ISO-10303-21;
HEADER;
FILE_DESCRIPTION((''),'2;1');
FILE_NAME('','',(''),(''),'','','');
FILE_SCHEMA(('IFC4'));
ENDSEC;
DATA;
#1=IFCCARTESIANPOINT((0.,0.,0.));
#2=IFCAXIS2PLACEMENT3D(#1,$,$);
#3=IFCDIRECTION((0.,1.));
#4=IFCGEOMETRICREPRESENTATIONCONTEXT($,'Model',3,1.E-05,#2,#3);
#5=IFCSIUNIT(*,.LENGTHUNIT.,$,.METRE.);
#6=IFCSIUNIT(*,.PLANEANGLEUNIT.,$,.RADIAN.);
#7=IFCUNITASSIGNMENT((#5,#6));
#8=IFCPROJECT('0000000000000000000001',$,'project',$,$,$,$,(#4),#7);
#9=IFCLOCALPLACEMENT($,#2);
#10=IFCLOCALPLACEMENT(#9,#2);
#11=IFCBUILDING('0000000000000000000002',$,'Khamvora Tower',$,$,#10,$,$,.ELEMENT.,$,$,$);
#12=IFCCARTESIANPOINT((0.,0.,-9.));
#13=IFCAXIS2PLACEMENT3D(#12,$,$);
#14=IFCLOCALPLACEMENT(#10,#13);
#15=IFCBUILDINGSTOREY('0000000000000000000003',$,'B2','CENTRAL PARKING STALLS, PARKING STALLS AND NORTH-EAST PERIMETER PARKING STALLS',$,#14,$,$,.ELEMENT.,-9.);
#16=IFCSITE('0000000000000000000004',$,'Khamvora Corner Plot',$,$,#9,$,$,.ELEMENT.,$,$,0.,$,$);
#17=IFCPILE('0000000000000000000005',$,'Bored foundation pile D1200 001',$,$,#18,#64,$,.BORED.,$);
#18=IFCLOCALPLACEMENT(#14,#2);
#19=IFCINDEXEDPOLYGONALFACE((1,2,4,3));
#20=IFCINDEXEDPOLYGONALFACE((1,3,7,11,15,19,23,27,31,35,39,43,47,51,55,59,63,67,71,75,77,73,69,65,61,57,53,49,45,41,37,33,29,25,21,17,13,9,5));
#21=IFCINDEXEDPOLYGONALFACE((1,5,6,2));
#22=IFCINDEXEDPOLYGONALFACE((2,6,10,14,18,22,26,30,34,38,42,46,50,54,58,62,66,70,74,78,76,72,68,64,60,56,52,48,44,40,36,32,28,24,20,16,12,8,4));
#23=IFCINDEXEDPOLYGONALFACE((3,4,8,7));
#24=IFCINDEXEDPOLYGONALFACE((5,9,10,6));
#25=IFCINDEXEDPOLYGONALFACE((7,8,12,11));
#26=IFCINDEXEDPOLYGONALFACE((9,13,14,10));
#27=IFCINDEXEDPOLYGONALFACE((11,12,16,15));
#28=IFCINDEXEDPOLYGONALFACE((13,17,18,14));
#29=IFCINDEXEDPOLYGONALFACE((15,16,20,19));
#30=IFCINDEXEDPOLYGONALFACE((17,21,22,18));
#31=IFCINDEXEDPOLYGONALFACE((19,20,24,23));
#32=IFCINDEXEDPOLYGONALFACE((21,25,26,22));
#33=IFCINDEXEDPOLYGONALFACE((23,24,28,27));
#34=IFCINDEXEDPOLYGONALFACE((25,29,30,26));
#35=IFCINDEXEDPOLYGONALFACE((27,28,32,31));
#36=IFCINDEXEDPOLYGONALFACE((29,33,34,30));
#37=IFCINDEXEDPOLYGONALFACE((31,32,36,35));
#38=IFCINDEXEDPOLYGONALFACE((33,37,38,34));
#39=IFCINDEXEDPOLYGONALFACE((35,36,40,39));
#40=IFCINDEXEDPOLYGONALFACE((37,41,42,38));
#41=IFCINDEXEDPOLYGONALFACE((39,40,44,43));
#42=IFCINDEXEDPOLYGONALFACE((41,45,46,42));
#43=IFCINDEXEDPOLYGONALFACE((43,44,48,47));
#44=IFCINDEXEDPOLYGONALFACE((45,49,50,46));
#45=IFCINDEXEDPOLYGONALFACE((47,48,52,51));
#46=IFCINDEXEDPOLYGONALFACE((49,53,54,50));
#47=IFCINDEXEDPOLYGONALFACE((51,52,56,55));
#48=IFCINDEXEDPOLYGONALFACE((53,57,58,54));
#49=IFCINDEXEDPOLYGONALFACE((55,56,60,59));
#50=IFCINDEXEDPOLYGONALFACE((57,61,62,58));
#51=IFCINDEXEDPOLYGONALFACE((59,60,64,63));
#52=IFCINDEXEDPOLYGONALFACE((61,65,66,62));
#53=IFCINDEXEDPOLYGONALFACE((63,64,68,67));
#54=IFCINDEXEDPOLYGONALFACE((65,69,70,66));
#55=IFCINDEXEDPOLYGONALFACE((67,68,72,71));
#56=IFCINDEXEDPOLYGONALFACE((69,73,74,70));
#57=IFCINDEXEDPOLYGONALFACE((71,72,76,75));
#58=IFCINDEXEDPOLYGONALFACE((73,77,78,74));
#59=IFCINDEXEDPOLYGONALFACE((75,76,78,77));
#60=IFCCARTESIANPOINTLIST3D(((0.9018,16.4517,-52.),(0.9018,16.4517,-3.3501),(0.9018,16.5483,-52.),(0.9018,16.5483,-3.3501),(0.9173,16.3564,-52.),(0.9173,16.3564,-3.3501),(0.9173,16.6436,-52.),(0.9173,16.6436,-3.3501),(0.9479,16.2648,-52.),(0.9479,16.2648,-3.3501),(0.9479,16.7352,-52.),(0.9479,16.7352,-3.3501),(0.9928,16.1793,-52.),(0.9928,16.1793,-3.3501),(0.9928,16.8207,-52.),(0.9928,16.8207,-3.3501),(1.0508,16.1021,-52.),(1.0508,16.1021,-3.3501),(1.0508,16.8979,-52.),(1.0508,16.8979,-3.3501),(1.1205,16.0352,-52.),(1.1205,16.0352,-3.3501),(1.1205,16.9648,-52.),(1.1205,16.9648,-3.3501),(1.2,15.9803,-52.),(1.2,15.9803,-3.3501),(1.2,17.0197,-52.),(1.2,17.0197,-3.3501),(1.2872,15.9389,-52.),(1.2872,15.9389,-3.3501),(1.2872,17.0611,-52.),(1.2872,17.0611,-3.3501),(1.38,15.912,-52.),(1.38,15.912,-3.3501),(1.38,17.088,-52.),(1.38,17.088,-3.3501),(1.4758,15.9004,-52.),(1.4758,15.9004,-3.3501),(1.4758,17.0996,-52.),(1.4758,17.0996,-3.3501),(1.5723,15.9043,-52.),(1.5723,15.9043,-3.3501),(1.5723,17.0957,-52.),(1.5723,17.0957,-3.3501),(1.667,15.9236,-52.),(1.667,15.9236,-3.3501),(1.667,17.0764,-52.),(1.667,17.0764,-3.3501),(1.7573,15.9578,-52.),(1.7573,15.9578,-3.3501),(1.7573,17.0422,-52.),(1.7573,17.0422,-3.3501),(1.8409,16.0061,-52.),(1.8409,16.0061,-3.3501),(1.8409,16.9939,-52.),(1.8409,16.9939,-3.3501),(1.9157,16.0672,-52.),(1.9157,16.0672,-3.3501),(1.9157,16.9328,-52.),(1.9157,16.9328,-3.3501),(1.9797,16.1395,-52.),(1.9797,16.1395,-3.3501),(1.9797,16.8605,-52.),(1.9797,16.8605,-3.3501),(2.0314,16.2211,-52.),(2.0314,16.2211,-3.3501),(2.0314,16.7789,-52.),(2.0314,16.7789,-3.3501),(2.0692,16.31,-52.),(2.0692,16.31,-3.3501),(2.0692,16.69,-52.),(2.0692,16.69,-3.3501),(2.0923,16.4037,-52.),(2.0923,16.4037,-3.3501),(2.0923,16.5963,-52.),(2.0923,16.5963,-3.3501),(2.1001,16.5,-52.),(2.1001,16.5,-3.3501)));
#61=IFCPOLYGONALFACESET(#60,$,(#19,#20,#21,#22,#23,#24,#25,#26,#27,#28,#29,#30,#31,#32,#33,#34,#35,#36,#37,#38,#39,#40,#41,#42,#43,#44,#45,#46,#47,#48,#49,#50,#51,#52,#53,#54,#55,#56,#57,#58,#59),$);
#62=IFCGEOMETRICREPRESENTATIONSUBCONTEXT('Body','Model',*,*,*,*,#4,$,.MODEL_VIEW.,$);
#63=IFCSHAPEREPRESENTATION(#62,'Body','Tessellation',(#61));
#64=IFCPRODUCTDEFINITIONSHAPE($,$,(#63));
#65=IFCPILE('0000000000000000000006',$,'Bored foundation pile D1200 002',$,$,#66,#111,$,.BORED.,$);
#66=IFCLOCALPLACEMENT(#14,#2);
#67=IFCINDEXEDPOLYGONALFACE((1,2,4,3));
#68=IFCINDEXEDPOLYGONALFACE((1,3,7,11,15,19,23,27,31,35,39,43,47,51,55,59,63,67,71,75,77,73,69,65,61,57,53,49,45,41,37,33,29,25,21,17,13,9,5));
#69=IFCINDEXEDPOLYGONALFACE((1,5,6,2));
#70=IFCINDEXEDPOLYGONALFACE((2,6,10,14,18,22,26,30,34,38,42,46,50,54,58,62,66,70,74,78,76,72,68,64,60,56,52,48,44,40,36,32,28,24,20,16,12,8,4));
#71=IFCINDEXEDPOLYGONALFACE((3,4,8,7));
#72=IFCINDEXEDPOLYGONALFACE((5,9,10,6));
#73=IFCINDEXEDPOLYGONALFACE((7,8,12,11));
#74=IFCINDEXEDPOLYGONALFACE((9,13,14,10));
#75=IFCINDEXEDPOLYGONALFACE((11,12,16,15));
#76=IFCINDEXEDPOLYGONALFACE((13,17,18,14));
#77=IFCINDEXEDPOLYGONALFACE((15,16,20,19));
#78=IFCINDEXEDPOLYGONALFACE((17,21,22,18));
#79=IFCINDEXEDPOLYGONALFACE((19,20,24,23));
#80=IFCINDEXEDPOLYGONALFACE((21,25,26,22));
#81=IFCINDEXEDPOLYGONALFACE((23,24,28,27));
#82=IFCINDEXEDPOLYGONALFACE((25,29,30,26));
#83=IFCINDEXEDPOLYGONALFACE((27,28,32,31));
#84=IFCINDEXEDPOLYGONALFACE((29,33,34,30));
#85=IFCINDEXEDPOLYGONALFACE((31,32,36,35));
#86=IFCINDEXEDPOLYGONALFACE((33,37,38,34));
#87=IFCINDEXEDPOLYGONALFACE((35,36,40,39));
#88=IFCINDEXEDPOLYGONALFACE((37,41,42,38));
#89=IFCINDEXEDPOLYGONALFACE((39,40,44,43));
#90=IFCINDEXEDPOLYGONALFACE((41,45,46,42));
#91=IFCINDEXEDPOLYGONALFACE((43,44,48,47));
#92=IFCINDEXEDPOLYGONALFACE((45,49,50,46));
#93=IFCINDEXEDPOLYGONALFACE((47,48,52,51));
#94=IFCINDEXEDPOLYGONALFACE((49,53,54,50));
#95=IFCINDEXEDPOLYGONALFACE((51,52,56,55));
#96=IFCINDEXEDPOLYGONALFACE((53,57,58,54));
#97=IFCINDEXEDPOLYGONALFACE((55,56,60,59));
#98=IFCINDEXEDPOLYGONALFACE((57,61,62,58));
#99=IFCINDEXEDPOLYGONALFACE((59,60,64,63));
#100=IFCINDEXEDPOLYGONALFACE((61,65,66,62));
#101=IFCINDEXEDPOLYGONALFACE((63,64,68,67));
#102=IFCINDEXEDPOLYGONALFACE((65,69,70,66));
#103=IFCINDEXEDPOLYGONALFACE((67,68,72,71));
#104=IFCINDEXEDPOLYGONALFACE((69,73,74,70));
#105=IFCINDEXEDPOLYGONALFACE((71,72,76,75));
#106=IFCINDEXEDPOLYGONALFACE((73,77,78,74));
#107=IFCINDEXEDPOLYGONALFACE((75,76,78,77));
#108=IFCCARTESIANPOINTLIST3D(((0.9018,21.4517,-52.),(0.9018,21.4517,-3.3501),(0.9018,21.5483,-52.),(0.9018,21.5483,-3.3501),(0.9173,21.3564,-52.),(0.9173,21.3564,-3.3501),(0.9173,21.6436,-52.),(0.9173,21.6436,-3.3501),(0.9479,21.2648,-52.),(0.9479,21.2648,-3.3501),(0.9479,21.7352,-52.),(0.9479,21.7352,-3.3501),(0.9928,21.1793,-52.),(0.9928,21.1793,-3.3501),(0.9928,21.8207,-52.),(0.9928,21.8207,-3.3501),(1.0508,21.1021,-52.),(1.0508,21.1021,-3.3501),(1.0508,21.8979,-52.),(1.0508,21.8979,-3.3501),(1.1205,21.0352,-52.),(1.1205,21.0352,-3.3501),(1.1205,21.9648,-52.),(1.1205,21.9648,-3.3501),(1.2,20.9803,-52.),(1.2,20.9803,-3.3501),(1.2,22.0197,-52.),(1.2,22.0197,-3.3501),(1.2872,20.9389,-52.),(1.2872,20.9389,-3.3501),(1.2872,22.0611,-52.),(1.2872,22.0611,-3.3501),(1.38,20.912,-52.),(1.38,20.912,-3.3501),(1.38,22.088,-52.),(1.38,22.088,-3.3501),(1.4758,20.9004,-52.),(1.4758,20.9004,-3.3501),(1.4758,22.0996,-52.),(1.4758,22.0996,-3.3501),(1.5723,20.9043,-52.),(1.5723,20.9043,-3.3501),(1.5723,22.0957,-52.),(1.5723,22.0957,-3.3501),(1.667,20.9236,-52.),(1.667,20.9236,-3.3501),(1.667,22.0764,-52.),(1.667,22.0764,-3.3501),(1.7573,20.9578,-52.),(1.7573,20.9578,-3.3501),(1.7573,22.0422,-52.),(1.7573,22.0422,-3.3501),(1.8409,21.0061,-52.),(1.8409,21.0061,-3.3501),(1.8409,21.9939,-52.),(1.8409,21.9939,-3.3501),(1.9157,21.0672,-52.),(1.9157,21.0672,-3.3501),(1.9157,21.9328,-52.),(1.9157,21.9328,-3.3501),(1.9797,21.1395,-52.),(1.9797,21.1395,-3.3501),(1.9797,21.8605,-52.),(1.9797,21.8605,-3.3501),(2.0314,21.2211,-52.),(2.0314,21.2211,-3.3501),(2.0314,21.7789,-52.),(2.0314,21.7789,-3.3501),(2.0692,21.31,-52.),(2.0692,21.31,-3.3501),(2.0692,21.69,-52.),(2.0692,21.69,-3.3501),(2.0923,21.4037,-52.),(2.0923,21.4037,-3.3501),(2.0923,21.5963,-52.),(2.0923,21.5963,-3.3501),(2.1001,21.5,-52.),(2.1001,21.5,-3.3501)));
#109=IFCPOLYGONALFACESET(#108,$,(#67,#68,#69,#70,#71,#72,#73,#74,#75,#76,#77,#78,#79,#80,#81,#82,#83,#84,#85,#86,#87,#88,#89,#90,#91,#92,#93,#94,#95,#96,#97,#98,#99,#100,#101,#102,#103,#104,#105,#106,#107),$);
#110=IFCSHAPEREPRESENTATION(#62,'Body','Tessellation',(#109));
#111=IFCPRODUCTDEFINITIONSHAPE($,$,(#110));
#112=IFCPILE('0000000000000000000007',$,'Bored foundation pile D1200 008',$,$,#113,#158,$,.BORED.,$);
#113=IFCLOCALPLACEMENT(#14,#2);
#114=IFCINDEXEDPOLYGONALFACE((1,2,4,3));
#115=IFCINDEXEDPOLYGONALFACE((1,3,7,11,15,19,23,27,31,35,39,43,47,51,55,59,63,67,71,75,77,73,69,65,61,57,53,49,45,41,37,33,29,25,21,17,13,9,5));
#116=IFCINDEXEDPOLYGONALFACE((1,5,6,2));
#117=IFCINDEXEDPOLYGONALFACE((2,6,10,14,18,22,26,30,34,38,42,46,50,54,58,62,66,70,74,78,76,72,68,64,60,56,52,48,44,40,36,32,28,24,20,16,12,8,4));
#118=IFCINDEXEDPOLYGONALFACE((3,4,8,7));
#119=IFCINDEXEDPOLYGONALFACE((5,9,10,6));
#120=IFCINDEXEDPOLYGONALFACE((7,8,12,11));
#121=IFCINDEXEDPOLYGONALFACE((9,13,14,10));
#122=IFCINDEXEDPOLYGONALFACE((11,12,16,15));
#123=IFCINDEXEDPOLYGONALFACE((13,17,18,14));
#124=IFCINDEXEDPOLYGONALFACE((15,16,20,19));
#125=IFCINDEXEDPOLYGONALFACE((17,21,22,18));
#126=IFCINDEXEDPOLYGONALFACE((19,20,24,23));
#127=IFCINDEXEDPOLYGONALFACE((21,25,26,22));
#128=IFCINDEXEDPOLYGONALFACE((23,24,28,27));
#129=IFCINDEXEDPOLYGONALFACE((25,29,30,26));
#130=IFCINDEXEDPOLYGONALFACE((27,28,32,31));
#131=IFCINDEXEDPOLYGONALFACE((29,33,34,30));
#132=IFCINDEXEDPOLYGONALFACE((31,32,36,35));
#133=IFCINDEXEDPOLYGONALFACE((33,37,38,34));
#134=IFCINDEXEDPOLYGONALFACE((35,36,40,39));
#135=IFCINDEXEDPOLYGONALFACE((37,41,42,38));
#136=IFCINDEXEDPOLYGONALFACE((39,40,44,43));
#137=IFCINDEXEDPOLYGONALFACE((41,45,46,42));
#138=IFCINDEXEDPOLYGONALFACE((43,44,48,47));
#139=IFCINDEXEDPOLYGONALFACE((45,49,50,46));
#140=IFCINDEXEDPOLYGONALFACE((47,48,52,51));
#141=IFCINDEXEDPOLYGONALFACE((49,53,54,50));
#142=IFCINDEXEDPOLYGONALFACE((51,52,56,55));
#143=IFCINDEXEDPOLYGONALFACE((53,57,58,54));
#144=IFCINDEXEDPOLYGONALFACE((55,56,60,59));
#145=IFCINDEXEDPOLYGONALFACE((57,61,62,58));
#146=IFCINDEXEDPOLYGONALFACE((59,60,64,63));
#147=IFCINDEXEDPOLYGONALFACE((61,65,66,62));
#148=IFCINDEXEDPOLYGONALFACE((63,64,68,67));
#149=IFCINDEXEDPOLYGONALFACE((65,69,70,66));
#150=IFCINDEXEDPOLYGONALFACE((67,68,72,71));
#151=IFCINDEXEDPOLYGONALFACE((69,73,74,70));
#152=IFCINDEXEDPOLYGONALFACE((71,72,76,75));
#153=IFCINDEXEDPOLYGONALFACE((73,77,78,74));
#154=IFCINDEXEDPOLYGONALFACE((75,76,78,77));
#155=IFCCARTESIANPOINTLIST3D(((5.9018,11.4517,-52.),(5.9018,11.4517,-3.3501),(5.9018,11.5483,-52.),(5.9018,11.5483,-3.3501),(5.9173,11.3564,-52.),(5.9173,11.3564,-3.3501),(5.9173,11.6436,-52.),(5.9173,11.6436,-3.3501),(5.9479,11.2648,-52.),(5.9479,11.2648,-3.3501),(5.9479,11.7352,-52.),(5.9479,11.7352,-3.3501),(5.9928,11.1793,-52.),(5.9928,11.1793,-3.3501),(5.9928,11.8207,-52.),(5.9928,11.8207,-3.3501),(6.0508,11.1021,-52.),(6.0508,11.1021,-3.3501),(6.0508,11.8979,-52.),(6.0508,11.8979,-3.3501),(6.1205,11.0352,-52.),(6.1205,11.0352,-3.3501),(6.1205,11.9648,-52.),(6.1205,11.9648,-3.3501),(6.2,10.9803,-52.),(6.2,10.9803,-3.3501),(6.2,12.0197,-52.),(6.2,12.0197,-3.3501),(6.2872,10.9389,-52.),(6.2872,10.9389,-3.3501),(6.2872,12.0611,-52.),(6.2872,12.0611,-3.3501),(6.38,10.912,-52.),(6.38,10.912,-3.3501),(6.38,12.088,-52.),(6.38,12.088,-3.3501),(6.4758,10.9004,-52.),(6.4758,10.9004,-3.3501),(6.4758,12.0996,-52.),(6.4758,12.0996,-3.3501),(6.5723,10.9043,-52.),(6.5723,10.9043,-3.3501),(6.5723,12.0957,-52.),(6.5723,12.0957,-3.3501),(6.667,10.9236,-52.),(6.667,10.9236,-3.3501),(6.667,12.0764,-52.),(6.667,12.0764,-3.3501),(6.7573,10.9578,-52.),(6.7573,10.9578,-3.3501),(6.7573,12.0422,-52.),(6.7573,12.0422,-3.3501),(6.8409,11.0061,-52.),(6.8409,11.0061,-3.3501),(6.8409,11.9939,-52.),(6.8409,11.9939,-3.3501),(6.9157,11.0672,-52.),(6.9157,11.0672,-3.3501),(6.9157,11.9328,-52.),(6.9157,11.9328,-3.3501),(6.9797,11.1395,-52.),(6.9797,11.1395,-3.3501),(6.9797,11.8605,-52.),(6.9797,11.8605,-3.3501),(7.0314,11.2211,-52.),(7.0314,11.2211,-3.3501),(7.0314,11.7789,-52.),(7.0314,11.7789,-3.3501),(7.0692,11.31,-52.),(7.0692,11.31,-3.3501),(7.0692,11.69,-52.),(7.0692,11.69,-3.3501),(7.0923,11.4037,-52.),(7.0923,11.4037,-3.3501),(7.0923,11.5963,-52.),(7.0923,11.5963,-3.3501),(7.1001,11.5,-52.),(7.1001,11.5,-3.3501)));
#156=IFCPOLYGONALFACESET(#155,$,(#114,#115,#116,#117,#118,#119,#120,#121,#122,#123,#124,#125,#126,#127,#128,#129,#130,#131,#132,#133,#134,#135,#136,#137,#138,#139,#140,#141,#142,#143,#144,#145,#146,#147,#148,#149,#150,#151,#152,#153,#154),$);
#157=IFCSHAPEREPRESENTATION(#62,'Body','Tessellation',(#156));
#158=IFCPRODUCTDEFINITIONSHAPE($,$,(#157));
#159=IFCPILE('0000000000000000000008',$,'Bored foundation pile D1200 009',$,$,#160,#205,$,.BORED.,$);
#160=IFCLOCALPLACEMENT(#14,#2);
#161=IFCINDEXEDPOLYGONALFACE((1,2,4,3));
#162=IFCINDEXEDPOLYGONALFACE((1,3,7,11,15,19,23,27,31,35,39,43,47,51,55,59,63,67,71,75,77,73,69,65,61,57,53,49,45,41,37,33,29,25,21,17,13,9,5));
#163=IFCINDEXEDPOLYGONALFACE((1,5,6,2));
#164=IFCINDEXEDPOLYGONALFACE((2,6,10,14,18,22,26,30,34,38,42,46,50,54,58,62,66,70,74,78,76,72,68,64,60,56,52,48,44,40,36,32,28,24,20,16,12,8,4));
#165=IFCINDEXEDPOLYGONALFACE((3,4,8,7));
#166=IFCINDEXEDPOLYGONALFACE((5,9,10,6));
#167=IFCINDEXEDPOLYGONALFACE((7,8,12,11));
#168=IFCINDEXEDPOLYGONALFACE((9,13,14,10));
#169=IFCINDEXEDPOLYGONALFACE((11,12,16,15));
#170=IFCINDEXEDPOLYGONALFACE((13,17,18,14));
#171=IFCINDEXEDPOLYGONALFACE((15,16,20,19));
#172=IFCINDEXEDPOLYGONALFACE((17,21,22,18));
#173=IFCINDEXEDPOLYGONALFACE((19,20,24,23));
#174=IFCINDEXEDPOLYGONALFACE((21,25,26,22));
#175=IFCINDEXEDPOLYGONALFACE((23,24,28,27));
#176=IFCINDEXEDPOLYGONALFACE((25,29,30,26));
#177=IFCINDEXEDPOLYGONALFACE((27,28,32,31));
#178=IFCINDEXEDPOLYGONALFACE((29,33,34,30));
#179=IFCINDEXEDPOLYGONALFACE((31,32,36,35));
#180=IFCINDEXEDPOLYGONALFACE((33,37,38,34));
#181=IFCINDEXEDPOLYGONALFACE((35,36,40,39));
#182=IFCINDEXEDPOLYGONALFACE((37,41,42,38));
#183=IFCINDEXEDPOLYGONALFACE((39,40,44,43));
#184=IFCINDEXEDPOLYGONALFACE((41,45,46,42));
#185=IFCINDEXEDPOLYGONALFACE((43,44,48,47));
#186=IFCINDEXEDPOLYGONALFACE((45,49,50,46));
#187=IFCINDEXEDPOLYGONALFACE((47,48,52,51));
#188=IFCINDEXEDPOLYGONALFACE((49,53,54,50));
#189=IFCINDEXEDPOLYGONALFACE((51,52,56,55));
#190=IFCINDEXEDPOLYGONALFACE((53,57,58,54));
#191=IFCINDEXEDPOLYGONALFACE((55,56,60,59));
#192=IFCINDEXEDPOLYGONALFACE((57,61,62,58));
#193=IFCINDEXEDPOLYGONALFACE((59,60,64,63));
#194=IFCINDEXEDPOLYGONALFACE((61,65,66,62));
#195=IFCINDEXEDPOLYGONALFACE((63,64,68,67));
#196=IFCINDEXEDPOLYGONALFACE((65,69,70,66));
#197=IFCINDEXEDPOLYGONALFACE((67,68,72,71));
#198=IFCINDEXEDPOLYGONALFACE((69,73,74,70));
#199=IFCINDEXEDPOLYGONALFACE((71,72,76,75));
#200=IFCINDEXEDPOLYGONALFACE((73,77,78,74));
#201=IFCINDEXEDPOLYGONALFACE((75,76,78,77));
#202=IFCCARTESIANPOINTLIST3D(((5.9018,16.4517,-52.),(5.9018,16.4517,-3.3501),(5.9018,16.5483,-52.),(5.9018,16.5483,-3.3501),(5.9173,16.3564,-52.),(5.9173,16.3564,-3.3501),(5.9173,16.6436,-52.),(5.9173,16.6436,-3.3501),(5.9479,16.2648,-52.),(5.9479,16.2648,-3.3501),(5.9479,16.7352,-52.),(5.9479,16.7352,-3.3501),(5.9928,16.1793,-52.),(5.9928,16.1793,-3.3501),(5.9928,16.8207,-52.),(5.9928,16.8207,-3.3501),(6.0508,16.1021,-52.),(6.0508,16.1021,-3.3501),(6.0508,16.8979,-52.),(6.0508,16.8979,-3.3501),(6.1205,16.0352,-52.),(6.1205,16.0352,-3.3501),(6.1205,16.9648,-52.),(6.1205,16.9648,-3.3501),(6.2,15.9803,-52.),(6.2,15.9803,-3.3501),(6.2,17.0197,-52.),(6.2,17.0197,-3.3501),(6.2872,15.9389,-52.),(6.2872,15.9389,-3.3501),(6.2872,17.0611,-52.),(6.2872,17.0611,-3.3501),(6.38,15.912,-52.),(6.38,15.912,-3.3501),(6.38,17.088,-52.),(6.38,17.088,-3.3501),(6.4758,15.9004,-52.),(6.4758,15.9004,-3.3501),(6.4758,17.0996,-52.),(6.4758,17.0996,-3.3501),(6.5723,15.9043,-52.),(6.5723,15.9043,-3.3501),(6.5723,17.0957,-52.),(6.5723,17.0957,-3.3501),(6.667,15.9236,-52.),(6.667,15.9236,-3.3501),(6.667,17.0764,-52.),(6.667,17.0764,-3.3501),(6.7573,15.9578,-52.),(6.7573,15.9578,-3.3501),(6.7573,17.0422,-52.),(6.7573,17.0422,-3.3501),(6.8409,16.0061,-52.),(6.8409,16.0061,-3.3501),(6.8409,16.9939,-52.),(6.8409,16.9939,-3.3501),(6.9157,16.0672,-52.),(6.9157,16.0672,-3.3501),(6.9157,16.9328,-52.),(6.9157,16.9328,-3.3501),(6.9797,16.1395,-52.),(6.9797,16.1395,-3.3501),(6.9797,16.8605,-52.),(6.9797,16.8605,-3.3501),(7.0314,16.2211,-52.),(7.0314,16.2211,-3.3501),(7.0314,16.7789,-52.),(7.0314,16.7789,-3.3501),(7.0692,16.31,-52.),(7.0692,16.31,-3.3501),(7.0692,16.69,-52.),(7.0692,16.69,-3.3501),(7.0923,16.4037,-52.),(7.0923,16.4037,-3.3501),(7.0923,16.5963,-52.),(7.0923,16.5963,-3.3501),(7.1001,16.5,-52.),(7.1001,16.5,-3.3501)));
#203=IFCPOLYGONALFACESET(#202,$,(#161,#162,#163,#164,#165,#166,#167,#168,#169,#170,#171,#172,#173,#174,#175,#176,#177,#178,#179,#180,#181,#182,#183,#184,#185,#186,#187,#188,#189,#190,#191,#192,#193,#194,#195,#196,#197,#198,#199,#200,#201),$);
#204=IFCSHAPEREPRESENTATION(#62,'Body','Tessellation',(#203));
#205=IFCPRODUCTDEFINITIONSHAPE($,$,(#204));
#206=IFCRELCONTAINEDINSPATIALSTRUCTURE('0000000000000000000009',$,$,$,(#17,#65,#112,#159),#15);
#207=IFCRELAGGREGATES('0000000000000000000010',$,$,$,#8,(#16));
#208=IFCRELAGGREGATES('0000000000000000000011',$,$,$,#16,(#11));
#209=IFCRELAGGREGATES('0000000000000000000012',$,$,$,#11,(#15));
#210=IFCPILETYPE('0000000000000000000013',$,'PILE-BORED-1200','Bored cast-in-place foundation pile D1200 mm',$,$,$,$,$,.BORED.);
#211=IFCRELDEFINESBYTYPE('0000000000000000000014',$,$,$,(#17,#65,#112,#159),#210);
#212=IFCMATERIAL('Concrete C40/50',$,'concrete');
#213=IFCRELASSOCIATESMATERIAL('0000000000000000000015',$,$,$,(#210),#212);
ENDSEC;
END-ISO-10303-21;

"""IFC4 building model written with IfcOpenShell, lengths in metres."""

from ifc_helpers import new_model, si_unit, direction, frame, origin, origin_2d, place, context, subcontext, project, spatial, circle, extrude, material, material_profile, profile_set, type_object, element, save


model = new_model("IFC4")

# Units and contexts
model_context = context("Model", 3, precision=1e-05, world=origin(), true_north=direction((0.0, 1.0)))
body_context = subcontext(model_context, "Body", "Model", "MODEL_VIEW")
ifc_project = project(units=[si_unit("LENGTHUNIT", "METRE"), si_unit("PLANEANGLEUNIT", "RADIAN")], contexts=[model_context])

# Site, building, storey
site_placement = place(None, origin())
site = spatial("IfcSite", under=ifc_project, at=site_placement, Name="Khamvora Corner Plot", CompositionType="ELEMENT", RefElevation=0.0)
building_placement = place(site_placement, origin())
building = spatial("IfcBuilding", under=site, at=building_placement, Name="Khamvora Tower", CompositionType="ELEMENT")
storey_placement = place(building_placement, frame((0.0, 0.0, -9.0)))
storey = spatial("IfcBuildingStorey", under=building, at=storey_placement, Name="B2", Description="CENTRAL PARKING STALLS, PARKING STALLS AND NORTH-EAST PERIMETER PARKING STALLS", CompositionType="ELEMENT", Elevation=-9.0)

# Piles
ifc_material_1 = material(Name="Concrete C40/50", Category="concrete")
ifc_material_profile_1 = material_profile(ifc_material_1, circle(Radius=0.6001, at=origin_2d()), Name="PILE_D1200")
ifc_profile_set_1 = profile_set([ifc_material_profile_1], Name="Concrete C40/50")
pile_type_1 = type_object("IfcPileType", Name="PILE-BORED-1200", Description="Bored cast-in-place foundation pile D1200 mm", PredefinedType="BORED", material=ifc_profile_set_1)
for number, where, z_axis, x_axis, name in (
    (1, (1.5, 16.5, -3.3501), (0.0, 0.0, -1.0), (1.0, 0.0, 0.0), "Bored foundation pile D1200 001"),
    (2, (1.5, 21.5, -3.3501), (0.0, 0.0, -1.0), (1.0, 0.0, 0.0), "Bored foundation pile D1200 002"),
    (3, (6.5, 11.5, -3.3501), (0.0, 0.0, -1.0), (1.0, 0.0, 0.0), "Bored foundation pile D1200 008"),
    (4, (6.5, 16.5, -3.3501), (0.0, 0.0, -1.0), (1.0, 0.0, 0.0), "Bored foundation pile D1200 009"),
):
    element("IfcPile", number, at=place(storey_placement, frame(where, z_axis=z_axis, x_axis=x_axis)), inside=storey, type_object=pile_type_1, Name=name, PredefinedType="BORED", context=body_context, shape_type="SweptSolid", body=[
        extrude(circle(Radius=0.6001, at=origin_2d()), origin(), (0.0, 0.0, 1.0), 48.6499),
    ])

save(model, "model.ifc")
